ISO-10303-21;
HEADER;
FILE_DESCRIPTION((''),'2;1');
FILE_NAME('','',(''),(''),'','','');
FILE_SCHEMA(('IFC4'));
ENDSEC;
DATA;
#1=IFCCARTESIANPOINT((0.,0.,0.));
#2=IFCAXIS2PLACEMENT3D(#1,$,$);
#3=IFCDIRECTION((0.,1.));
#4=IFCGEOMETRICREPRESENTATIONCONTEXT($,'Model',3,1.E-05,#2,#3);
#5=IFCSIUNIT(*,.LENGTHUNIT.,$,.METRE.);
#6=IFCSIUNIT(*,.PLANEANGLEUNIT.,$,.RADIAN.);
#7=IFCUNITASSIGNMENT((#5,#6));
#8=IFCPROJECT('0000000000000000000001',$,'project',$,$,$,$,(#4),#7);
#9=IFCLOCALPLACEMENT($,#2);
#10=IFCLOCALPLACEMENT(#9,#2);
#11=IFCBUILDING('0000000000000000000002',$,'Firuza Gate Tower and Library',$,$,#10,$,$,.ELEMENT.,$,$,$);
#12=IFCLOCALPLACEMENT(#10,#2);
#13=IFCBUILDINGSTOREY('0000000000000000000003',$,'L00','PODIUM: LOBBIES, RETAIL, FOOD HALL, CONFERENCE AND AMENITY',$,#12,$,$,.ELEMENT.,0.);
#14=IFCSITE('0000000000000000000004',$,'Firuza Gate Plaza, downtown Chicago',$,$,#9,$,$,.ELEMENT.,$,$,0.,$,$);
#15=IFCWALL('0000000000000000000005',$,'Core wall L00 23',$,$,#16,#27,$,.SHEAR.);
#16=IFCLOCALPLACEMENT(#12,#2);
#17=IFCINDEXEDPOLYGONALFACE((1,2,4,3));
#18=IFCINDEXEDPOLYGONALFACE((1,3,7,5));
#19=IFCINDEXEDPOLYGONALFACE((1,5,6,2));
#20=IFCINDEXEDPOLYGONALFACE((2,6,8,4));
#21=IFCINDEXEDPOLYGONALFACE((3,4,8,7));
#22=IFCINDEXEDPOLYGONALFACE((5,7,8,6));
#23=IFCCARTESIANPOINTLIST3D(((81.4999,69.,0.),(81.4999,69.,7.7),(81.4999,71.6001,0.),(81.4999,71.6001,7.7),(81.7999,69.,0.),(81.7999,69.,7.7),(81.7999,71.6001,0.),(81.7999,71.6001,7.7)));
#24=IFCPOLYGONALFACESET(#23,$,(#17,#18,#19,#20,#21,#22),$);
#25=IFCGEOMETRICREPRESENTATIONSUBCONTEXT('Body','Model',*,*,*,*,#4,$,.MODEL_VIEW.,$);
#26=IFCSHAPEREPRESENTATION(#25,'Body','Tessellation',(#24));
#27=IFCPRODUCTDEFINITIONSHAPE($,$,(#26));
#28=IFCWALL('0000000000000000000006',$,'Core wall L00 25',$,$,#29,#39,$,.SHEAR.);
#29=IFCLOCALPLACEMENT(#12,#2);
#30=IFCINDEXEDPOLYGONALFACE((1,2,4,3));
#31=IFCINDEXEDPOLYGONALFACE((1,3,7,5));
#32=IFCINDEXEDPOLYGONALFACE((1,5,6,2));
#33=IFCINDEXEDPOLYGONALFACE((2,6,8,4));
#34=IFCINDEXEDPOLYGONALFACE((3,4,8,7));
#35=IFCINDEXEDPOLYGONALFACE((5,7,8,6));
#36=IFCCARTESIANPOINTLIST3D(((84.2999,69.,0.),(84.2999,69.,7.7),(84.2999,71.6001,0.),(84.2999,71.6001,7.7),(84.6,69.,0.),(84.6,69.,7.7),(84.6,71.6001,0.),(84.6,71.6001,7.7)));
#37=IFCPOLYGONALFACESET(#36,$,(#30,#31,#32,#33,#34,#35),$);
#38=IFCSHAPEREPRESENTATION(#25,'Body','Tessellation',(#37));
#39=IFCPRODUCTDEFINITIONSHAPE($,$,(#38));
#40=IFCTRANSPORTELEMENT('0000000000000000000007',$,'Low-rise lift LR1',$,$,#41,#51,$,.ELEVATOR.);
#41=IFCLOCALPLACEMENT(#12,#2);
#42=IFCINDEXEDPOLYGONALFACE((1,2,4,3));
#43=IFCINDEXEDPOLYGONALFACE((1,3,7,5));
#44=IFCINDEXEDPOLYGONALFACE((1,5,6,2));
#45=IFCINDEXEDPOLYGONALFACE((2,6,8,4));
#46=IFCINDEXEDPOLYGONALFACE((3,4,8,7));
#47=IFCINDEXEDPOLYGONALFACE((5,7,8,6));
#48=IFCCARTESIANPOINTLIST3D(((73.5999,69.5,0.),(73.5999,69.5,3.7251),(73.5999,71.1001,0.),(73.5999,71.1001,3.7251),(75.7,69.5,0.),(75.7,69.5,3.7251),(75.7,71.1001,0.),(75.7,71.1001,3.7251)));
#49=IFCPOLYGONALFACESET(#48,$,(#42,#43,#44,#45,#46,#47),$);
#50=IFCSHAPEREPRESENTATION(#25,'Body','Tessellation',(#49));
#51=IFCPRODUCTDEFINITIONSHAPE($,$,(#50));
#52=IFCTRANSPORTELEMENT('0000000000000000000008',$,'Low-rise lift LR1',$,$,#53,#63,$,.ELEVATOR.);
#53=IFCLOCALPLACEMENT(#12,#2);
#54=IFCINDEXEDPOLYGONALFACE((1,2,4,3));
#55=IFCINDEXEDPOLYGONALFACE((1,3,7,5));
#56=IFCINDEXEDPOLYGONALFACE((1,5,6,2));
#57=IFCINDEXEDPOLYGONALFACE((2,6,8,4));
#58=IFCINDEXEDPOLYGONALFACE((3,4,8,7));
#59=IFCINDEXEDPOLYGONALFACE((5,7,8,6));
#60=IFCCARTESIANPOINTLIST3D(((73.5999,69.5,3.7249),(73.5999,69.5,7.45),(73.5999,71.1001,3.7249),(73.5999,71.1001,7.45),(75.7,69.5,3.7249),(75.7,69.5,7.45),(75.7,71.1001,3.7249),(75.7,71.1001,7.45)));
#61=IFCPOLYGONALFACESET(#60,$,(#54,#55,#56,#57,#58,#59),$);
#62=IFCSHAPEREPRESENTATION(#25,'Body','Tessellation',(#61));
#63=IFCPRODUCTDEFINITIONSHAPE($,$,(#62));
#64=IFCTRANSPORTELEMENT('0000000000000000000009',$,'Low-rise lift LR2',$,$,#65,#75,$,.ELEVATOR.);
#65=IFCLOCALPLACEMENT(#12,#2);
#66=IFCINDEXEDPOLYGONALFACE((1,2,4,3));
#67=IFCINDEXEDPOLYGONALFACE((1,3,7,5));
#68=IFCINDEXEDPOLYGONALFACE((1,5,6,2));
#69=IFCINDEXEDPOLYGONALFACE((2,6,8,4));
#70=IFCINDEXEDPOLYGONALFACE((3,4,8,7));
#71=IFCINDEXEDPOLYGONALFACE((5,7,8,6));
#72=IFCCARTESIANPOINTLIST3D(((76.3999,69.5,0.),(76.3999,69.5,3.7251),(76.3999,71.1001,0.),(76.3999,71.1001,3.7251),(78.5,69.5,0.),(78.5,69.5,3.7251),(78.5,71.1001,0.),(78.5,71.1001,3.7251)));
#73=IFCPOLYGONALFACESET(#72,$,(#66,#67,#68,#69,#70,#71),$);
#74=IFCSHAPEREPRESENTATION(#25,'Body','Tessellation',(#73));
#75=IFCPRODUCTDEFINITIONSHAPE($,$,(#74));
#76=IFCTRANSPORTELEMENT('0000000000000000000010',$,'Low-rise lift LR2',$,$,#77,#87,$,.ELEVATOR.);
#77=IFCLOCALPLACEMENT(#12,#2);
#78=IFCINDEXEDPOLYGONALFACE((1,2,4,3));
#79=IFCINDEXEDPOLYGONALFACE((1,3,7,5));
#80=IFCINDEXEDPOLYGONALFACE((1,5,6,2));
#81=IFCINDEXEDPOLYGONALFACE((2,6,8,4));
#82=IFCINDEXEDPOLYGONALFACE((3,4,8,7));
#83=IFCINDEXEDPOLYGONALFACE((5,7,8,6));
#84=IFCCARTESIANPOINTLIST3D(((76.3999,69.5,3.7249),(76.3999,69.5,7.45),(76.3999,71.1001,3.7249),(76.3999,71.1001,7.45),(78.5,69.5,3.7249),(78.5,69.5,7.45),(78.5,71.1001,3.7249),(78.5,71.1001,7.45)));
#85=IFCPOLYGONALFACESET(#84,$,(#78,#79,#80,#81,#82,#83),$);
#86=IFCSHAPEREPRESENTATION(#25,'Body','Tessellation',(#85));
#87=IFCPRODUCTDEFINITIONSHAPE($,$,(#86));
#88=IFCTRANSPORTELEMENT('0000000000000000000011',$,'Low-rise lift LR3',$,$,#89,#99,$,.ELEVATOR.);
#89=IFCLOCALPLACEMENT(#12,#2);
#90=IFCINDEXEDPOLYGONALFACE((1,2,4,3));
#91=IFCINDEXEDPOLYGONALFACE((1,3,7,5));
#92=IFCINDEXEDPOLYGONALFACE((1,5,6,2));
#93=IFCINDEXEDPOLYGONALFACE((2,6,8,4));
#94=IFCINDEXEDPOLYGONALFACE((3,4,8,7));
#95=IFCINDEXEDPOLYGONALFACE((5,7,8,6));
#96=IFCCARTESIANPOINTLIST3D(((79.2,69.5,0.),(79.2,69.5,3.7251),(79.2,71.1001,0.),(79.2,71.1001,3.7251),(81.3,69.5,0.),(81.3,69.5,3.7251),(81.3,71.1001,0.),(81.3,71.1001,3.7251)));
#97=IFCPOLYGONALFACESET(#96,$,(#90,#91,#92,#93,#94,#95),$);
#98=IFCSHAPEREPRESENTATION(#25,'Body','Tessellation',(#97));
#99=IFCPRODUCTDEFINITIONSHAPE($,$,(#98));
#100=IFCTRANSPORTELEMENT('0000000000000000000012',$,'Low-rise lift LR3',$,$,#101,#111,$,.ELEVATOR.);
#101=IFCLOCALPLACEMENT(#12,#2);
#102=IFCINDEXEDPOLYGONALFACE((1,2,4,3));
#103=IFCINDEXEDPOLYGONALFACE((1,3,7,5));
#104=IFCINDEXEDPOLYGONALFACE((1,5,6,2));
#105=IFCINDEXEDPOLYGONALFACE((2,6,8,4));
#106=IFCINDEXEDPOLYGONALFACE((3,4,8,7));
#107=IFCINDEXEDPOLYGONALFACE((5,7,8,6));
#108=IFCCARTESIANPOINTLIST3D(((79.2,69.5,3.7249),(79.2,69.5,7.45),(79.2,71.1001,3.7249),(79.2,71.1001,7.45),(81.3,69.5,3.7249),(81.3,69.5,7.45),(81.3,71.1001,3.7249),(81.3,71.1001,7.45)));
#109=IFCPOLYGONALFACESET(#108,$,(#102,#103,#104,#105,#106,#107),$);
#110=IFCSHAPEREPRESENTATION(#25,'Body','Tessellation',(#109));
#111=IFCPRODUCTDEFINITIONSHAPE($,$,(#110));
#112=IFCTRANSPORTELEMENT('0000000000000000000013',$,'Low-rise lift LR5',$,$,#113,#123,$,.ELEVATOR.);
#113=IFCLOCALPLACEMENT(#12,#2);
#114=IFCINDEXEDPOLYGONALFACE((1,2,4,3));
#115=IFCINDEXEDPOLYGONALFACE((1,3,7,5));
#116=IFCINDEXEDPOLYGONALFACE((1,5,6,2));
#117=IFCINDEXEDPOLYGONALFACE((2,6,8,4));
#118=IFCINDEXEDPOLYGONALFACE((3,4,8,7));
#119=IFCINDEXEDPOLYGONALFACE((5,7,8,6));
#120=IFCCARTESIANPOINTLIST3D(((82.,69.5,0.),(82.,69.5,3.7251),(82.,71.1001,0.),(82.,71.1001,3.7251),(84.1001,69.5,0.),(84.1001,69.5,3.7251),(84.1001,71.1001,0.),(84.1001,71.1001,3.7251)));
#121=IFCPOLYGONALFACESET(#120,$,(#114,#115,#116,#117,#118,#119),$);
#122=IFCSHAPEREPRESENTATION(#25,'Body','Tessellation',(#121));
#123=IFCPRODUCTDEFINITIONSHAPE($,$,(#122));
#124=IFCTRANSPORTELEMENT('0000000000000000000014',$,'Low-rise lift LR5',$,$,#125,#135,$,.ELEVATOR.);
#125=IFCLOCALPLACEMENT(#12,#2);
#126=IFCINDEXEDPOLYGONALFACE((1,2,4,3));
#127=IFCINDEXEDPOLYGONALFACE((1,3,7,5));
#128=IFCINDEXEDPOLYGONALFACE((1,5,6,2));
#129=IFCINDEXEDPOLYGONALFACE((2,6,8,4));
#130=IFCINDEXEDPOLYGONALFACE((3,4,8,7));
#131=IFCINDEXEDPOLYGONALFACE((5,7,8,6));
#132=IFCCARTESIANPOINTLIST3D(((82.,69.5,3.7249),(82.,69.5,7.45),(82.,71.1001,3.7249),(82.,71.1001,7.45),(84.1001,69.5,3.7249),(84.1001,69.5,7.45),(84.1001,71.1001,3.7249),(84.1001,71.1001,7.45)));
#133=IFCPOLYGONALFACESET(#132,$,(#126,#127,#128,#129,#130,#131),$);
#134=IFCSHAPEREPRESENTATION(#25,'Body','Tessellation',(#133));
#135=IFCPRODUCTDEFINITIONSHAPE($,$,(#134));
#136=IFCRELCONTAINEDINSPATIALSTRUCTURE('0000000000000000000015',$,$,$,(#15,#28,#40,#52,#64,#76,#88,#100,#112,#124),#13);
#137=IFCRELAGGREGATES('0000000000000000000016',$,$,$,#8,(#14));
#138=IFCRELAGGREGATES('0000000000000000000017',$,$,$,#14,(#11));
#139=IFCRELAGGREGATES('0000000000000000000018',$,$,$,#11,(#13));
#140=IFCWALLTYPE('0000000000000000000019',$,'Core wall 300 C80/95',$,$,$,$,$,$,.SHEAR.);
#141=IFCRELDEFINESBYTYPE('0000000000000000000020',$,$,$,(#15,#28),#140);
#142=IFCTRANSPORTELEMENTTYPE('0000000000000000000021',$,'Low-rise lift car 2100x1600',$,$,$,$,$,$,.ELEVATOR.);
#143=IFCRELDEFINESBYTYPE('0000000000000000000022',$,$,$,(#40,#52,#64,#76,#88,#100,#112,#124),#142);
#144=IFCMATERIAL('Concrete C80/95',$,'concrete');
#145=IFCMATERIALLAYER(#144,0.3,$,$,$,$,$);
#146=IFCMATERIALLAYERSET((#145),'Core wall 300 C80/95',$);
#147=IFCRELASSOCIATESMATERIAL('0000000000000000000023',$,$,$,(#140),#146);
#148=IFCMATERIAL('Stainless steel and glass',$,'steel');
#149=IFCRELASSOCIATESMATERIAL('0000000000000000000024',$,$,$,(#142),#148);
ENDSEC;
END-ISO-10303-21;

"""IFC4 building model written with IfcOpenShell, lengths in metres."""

from ifc_helpers import new_model, si_unit, direction, frame, frame_2d, origin, origin_2d, place, context, subcontext, project, spatial, rectangle, extrude, material, layer, layer_set, type_object, element, save


model = new_model("IFC4")

# Units and contexts
model_context = context("Model", 3, precision=1e-05, world=origin(), true_north=direction((0.0, 1.0)))
body_context = subcontext(model_context, "Body", "Model", "MODEL_VIEW")
ifc_project = project(units=[si_unit("LENGTHUNIT", "METRE"), si_unit("PLANEANGLEUNIT", "RADIAN")], contexts=[model_context])

# Site, building, storey
site_placement = place(None, origin())
site = spatial("IfcSite", under=ifc_project, at=site_placement, Name="Firuza Gate Plaza, downtown Chicago", CompositionType="ELEMENT", RefElevation=0.0)
building_placement = place(site_placement, origin())
building = spatial("IfcBuilding", under=site, at=building_placement, Name="Firuza Gate Tower and Library", CompositionType="ELEMENT")
storey_placement = place(building_placement, origin())
storey = spatial("IfcBuildingStorey", under=building, at=storey_placement, Name="L00", Description="PODIUM: LOBBIES, RETAIL, FOOD HALL, CONFERENCE AND AMENITY", CompositionType="ELEMENT", Elevation=0.0)

# Walls
ifc_material_1 = material(Name="Concrete C80/95", Category="concrete")
ifc_layer_1 = layer(ifc_material_1, 0.3)
ifc_layer_set_1 = layer_set([ifc_layer_1], Name="Core wall 300 C80/95")
wall_type_1 = type_object("IfcWallType", Name="Core wall 300 C80/95", PredefinedType="SHEAR", material=ifc_layer_set_1)
for number, where, z_axis, x_axis, name in (
    (1, (81.6499, 69.0, 0.0), (0.0, 0.0, 1.0), (0.0, 1.0, 0.0), "Core wall L00 23"),
    (2, (84.45, 69.0, 0.0), (0.0, 0.0, 1.0), (0.0, 1.0, 0.0), "Core wall L00 25"),
):
    element("IfcWall", number, at=place(storey_placement, frame(where, z_axis=z_axis, x_axis=x_axis)), inside=storey, type_object=wall_type_1, Name=name, PredefinedType="SHEAR", context=body_context, shape_type="SweptSolid", body=[
        extrude(rectangle(XDim=2.6001, YDim=0.3, at=frame_2d((1.3, 0.0))), origin(), (0.0, 0.0, 1.0), 7.7),
    ])

# Transport elements
ifc_material_2 = material(Name="Stainless steel and glass", Category="steel")
transport_element_type = type_object("IfcTransportElementType", Name="Low-rise lift car 2100x1600", PredefinedType="ELEVATOR", material=ifc_material_2)
for number, where, z_axis, x_axis, name in (
    (3, (74.6499, 70.3, 0.0), (0.0, 0.0, 1.0), (1.0, 0.0, 0.0), "Low-rise lift LR1"),
    (4, (74.6499, 70.3, 3.7249), (0.0, 0.0, 1.0), (1.0, 0.0, 0.0), "Low-rise lift LR1"),
    (5, (77.45, 70.3, 0.0), (0.0, 0.0, 1.0), (1.0, 0.0, 0.0), "Low-rise lift LR2"),
    (6, (77.45, 70.3, 3.7249), (0.0, 0.0, 1.0), (1.0, 0.0, 0.0), "Low-rise lift LR2"),
    (7, (80.25, 70.3, 0.0), (0.0, 0.0, 1.0), (1.0, 0.0, 0.0), "Low-rise lift LR3"),
    (8, (80.25, 70.3, 3.7249), (0.0, 0.0, 1.0), (1.0, 0.0, 0.0), "Low-rise lift LR3"),
    (9, (83.05, 70.3, 0.0), (0.0, 0.0, 1.0), (1.0, 0.0, 0.0), "Low-rise lift LR5"),
    (10, (83.05, 70.3, 3.7249), (0.0, 0.0, 1.0), (1.0, 0.0, 0.0), "Low-rise lift LR5"),
):
    element("IfcTransportElement", number, at=place(storey_placement, frame(where, z_axis=z_axis, x_axis=x_axis)), inside=storey, type_object=transport_element_type, Name=name, PredefinedType="ELEVATOR", context=body_context, shape_type="SweptSolid", body=[
        extrude(rectangle(XDim=2.1001, YDim=1.6001, at=origin_2d()), origin(), (0.0, 0.0, 1.0), 3.7251),
    ])

save(model, "model.ifc")
